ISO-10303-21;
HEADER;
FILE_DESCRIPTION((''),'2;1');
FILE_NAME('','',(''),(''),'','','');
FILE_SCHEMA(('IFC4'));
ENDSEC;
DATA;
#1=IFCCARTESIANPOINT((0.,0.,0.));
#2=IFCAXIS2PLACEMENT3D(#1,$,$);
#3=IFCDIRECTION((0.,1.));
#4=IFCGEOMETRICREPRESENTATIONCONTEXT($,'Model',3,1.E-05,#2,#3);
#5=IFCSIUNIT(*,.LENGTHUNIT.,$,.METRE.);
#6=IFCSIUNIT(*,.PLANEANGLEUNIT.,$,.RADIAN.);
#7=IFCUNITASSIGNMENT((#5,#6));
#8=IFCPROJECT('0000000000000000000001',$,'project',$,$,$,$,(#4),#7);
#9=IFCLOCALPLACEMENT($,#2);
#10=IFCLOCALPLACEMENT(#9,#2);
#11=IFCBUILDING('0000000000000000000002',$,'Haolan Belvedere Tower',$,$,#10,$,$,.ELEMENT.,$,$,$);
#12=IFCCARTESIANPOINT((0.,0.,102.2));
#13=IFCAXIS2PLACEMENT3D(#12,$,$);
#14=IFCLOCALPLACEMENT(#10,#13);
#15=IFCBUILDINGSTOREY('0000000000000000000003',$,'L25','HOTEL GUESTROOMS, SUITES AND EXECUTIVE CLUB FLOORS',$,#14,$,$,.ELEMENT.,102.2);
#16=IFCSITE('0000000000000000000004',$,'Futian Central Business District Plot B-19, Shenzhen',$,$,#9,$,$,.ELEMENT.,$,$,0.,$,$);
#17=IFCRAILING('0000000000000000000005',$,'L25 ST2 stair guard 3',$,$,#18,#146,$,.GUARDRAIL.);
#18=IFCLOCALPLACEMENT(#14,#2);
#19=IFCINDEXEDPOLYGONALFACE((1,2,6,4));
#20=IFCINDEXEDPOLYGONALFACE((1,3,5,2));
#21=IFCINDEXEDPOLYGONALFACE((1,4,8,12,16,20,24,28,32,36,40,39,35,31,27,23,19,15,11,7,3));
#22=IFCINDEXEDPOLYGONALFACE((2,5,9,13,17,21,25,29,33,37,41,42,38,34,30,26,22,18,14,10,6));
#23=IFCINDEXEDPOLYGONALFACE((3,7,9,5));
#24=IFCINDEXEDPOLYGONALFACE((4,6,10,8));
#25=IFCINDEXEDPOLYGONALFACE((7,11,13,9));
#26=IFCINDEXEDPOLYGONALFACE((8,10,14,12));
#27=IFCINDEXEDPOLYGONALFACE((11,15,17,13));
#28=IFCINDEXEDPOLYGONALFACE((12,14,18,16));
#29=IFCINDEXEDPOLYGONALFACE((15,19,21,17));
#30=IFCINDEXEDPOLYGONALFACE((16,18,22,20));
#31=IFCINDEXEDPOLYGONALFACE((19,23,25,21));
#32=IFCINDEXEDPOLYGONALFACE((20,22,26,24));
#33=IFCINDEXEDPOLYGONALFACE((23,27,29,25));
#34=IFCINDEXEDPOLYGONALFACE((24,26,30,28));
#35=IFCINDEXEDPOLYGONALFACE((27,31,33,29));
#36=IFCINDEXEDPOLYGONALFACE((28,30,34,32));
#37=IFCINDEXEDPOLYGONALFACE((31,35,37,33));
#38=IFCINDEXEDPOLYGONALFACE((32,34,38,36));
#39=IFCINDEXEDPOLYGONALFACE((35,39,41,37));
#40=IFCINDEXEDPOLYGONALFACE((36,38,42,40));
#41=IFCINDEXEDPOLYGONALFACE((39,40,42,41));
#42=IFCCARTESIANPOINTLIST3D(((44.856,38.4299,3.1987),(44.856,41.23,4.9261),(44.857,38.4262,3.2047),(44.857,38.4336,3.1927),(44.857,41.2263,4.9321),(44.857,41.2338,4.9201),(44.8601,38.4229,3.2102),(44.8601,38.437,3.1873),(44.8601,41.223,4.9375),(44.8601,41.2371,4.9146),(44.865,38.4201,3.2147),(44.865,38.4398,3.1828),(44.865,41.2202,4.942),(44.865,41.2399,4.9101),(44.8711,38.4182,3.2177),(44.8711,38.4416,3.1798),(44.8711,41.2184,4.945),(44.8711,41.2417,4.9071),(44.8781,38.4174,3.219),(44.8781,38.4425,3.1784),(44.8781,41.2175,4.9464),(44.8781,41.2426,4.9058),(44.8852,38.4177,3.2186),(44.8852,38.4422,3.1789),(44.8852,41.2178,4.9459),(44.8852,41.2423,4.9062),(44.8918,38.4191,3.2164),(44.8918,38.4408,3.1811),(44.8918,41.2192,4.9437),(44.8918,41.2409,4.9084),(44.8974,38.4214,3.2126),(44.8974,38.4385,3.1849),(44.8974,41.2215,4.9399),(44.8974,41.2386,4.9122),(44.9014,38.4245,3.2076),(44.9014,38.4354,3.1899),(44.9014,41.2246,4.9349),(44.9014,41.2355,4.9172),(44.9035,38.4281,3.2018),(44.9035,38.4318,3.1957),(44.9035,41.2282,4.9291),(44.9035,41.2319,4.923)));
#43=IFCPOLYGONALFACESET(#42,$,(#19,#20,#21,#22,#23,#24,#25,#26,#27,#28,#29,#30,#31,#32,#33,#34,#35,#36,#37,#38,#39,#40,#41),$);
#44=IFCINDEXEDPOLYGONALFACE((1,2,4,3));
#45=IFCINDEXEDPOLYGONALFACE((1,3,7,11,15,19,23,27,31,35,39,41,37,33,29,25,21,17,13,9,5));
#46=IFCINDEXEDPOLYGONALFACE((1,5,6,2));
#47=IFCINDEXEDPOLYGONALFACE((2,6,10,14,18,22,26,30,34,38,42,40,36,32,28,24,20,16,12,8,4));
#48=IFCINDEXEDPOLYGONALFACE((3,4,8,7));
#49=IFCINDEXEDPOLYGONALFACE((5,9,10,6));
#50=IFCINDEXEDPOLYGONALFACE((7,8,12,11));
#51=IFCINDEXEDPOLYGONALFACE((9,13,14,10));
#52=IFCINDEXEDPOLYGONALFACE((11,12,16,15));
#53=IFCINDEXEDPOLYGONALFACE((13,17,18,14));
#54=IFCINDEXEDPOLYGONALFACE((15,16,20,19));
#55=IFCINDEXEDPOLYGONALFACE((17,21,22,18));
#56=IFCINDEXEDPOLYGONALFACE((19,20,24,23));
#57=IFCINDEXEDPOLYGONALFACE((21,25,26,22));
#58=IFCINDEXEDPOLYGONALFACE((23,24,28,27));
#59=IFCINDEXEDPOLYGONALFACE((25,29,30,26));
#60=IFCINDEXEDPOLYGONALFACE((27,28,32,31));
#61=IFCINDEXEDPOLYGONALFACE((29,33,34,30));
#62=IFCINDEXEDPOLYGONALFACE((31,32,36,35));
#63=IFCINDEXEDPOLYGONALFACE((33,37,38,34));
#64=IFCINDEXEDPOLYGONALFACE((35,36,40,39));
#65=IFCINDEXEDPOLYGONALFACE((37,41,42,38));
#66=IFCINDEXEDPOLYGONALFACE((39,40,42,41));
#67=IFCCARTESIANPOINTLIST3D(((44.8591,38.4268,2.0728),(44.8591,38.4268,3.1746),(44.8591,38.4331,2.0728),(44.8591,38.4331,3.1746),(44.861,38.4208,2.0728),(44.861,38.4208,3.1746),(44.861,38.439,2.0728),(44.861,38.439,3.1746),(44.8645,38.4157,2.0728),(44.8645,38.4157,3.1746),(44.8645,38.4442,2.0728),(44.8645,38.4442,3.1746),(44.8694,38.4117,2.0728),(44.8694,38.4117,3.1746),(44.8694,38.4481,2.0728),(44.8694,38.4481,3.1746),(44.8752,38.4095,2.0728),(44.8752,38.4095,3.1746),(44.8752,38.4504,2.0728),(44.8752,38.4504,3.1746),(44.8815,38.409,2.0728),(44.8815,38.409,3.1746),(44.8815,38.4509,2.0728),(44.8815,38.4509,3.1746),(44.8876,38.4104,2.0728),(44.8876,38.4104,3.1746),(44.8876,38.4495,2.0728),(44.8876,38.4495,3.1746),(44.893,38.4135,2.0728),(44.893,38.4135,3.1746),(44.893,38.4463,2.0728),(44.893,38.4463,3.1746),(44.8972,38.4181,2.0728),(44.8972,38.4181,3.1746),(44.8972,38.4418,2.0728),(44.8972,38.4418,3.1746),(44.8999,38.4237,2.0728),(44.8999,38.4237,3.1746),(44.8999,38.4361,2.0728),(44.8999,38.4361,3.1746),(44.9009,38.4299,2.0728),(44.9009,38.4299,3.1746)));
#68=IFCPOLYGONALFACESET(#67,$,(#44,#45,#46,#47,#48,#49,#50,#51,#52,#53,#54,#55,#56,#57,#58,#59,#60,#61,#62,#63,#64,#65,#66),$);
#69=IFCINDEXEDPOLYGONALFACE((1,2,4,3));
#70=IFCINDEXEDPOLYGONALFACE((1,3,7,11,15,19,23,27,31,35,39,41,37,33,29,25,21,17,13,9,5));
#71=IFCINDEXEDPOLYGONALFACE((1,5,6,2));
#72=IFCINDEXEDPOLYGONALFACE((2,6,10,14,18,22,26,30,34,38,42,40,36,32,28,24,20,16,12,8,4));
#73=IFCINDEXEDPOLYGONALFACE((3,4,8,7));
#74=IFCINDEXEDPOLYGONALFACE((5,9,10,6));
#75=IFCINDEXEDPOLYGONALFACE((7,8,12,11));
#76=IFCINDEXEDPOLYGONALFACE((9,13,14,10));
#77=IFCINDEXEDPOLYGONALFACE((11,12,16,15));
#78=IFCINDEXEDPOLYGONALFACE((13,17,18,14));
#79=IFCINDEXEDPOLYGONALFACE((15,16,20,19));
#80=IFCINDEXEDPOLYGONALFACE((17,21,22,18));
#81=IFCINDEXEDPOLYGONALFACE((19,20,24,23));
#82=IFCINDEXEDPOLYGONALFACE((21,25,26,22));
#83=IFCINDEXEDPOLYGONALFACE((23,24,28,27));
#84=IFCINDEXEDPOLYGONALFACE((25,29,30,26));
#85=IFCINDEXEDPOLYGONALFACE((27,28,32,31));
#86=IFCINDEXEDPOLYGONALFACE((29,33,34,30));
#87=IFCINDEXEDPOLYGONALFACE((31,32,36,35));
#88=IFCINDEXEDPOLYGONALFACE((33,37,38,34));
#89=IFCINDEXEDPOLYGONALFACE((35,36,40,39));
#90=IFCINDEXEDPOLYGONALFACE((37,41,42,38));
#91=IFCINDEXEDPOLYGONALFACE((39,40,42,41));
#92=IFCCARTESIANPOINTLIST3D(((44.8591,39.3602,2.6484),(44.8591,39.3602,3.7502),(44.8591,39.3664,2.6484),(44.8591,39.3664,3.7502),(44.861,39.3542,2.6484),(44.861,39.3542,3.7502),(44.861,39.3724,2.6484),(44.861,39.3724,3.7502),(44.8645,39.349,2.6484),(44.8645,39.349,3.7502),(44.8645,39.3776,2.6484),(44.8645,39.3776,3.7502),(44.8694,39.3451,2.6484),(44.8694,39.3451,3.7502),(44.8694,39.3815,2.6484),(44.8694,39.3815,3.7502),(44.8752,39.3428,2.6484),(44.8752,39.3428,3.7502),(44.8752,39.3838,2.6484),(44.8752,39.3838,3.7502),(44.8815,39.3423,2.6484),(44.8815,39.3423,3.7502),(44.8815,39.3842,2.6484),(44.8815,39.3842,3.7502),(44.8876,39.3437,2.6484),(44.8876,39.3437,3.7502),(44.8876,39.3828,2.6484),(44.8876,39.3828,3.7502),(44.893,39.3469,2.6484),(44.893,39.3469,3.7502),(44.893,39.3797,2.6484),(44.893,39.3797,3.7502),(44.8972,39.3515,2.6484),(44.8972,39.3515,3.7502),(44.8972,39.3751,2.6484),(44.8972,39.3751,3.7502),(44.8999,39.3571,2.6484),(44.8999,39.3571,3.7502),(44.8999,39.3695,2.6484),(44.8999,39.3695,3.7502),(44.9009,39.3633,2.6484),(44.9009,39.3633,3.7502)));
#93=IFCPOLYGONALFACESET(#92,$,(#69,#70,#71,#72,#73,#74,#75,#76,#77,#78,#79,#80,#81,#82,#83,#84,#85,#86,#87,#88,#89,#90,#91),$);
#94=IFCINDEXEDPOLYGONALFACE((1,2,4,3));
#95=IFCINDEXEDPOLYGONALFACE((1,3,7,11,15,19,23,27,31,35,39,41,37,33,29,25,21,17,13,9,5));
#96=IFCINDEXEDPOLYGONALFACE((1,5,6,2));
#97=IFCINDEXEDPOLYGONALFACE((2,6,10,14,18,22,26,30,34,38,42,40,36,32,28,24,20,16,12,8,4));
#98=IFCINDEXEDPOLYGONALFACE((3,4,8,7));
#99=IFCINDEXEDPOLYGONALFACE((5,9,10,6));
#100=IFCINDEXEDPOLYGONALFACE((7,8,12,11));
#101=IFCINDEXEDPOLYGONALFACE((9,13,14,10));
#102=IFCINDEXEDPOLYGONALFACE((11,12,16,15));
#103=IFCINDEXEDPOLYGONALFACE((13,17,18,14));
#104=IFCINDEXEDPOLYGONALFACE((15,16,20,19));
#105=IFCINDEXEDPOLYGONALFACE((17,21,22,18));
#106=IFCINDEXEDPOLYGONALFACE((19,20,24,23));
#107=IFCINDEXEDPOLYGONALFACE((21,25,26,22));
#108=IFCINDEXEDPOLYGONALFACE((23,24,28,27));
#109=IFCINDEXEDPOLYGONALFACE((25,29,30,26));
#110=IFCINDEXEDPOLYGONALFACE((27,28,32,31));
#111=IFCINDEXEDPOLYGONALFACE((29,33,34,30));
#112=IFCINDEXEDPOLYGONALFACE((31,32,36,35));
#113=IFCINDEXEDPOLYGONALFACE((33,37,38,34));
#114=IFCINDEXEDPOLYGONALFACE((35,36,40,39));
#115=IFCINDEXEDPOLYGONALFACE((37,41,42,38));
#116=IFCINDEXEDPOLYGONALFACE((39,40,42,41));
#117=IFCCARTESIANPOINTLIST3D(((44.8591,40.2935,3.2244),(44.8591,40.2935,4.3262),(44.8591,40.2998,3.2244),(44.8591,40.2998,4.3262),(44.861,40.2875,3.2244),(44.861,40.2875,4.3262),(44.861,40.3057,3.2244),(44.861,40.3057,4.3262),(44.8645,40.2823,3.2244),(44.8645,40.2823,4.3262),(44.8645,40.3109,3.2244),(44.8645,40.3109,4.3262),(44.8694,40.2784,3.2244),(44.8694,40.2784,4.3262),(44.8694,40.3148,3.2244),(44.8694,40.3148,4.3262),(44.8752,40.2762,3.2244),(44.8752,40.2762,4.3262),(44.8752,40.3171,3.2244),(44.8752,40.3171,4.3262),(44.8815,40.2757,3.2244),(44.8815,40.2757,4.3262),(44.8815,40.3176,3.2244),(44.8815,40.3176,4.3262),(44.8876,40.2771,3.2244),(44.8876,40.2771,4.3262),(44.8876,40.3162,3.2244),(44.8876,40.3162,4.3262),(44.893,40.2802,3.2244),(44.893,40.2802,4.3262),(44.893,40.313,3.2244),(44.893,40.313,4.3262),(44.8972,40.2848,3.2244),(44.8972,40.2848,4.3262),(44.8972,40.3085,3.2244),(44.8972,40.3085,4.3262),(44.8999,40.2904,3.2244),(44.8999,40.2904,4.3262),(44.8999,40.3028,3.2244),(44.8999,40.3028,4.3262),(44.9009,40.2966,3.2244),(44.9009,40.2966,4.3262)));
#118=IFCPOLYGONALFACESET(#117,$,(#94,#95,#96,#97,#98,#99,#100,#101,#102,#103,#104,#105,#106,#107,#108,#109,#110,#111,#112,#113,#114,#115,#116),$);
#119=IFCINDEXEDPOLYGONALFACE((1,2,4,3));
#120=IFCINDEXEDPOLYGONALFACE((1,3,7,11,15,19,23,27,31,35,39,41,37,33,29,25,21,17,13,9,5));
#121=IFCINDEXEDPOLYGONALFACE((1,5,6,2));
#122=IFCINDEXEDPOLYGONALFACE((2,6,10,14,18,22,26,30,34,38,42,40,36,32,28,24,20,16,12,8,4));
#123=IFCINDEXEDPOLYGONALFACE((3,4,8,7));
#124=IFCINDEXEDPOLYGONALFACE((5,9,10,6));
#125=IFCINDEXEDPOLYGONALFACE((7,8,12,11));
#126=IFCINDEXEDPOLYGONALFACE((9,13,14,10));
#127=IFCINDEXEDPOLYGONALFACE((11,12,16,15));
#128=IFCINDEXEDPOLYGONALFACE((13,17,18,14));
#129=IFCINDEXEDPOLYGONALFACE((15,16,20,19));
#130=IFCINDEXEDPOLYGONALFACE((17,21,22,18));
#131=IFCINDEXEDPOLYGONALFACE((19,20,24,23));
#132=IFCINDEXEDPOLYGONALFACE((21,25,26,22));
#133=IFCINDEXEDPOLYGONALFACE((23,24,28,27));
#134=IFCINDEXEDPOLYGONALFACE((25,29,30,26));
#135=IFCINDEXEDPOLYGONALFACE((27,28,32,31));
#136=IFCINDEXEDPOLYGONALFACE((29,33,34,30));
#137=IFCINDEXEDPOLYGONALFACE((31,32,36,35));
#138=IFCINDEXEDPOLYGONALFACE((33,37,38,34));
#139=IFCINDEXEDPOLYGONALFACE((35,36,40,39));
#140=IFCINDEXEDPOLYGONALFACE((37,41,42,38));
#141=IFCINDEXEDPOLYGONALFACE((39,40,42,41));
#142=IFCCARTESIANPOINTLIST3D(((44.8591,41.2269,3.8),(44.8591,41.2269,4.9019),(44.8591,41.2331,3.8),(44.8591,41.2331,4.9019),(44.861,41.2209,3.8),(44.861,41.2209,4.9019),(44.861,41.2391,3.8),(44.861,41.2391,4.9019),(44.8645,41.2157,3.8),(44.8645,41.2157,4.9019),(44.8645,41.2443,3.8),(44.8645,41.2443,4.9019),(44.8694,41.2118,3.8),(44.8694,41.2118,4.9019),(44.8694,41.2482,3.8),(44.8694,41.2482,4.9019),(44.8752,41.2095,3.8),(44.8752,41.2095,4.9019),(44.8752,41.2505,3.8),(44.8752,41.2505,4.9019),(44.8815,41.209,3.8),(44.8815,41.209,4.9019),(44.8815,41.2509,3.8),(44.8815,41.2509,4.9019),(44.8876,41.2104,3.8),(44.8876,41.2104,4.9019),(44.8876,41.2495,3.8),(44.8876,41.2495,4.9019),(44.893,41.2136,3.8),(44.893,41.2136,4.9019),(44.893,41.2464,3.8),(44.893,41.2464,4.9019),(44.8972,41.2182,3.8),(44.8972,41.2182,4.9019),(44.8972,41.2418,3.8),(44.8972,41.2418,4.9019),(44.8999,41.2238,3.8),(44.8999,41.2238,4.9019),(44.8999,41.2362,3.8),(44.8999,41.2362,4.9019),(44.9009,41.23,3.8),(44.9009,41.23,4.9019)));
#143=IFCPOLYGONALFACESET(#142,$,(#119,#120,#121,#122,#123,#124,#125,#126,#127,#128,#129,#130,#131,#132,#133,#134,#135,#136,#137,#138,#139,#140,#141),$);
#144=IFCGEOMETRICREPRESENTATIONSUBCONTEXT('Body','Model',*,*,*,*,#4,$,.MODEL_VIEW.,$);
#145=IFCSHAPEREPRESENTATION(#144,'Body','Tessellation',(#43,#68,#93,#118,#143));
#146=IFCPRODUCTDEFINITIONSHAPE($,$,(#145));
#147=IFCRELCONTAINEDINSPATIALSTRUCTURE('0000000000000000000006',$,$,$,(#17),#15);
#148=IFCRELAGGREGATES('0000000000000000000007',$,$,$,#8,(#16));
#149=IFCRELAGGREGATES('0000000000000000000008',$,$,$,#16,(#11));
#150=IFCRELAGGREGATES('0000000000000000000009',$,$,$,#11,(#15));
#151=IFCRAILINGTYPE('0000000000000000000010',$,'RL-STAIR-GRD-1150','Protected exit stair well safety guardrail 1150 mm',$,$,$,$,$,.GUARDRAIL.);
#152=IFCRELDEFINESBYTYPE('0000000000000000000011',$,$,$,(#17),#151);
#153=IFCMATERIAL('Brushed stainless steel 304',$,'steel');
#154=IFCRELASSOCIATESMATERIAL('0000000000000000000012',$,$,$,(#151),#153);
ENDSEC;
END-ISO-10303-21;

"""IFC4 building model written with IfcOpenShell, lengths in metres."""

from ifc_helpers import new_model, si_unit, direction, frame, origin, origin_2d, place, context, subcontext, project, spatial, circle, extrude, material, type_object, element, save


model = new_model("IFC4")

# Units and contexts
model_context = context("Model", 3, precision=1e-05, world=origin(), true_north=direction((0.0, 1.0)))
body_context = subcontext(model_context, "Body", "Model", "MODEL_VIEW")
ifc_project = project(units=[si_unit("LENGTHUNIT", "METRE"), si_unit("PLANEANGLEUNIT", "RADIAN")], contexts=[model_context])

# Site, building, storey
site_placement = place(None, origin())
site = spatial("IfcSite", under=ifc_project, at=site_placement, Name="Futian Central Business District Plot B-19, Shenzhen", CompositionType="ELEMENT", RefElevation=0.0)
building_placement = place(site_placement, origin())
building = spatial("IfcBuilding", under=site, at=building_placement, Name="Haolan Belvedere Tower", CompositionType="ELEMENT")
storey_placement = place(building_placement, frame((0.0, 0.0, 102.2)))
storey = spatial("IfcBuildingStorey", under=building, at=storey_placement, Name="L25", Description="HOTEL GUESTROOMS, SUITES AND EXECUTIVE CLUB FLOORS", CompositionType="ELEMENT", Elevation=102.2)

# Railing
ifc_material_1 = material(Name="Brushed stainless steel 304", Category="steel")
railing_type_1 = type_object("IfcRailingType", Name="RL-STAIR-GRD-1150", Description="Protected exit stair well safety guardrail 1150 mm", PredefinedType="GUARDRAIL", material=ifc_material_1)
railing_1_placement = place(storey_placement, frame((44.8799, 38.4299, 2.0728)))
element("IfcRailing", 1, at=railing_1_placement, inside=storey, type_object=railing_type_1, Name="L25 ST2 stair guard 3", PredefinedType="GUARDRAIL", context=body_context, shape_type="SweptSolid", body=[
    extrude(circle(Radius=0.0239, at=origin_2d()), frame((0.0, 0.0, 1.126), z_axis=(0.0, 0.85109, 0.52502), x_axis=(-1.0, 0.0, 0.0)), (0.0, 0.0, 1.0), 3.29),
    extrude(circle(Radius=0.021, at=origin_2d()), origin(), (0.0, 0.0, 1.0), 1.1018),
    extrude(circle(Radius=0.021, at=origin_2d()), frame((0.0, 0.9333, 0.5757)), (0.0, 0.0, 1.0), 1.1018),
    extrude(circle(Radius=0.021, at=origin_2d()), frame((0.0, 1.8667, 1.1516)), (0.0, 0.0, 1.0), 1.1018),
    extrude(circle(Radius=0.021, at=origin_2d()), frame((0.0, 2.8, 1.7273)), (0.0, 0.0, 1.0), 1.1018),
])

save(model, "model.ifc")
